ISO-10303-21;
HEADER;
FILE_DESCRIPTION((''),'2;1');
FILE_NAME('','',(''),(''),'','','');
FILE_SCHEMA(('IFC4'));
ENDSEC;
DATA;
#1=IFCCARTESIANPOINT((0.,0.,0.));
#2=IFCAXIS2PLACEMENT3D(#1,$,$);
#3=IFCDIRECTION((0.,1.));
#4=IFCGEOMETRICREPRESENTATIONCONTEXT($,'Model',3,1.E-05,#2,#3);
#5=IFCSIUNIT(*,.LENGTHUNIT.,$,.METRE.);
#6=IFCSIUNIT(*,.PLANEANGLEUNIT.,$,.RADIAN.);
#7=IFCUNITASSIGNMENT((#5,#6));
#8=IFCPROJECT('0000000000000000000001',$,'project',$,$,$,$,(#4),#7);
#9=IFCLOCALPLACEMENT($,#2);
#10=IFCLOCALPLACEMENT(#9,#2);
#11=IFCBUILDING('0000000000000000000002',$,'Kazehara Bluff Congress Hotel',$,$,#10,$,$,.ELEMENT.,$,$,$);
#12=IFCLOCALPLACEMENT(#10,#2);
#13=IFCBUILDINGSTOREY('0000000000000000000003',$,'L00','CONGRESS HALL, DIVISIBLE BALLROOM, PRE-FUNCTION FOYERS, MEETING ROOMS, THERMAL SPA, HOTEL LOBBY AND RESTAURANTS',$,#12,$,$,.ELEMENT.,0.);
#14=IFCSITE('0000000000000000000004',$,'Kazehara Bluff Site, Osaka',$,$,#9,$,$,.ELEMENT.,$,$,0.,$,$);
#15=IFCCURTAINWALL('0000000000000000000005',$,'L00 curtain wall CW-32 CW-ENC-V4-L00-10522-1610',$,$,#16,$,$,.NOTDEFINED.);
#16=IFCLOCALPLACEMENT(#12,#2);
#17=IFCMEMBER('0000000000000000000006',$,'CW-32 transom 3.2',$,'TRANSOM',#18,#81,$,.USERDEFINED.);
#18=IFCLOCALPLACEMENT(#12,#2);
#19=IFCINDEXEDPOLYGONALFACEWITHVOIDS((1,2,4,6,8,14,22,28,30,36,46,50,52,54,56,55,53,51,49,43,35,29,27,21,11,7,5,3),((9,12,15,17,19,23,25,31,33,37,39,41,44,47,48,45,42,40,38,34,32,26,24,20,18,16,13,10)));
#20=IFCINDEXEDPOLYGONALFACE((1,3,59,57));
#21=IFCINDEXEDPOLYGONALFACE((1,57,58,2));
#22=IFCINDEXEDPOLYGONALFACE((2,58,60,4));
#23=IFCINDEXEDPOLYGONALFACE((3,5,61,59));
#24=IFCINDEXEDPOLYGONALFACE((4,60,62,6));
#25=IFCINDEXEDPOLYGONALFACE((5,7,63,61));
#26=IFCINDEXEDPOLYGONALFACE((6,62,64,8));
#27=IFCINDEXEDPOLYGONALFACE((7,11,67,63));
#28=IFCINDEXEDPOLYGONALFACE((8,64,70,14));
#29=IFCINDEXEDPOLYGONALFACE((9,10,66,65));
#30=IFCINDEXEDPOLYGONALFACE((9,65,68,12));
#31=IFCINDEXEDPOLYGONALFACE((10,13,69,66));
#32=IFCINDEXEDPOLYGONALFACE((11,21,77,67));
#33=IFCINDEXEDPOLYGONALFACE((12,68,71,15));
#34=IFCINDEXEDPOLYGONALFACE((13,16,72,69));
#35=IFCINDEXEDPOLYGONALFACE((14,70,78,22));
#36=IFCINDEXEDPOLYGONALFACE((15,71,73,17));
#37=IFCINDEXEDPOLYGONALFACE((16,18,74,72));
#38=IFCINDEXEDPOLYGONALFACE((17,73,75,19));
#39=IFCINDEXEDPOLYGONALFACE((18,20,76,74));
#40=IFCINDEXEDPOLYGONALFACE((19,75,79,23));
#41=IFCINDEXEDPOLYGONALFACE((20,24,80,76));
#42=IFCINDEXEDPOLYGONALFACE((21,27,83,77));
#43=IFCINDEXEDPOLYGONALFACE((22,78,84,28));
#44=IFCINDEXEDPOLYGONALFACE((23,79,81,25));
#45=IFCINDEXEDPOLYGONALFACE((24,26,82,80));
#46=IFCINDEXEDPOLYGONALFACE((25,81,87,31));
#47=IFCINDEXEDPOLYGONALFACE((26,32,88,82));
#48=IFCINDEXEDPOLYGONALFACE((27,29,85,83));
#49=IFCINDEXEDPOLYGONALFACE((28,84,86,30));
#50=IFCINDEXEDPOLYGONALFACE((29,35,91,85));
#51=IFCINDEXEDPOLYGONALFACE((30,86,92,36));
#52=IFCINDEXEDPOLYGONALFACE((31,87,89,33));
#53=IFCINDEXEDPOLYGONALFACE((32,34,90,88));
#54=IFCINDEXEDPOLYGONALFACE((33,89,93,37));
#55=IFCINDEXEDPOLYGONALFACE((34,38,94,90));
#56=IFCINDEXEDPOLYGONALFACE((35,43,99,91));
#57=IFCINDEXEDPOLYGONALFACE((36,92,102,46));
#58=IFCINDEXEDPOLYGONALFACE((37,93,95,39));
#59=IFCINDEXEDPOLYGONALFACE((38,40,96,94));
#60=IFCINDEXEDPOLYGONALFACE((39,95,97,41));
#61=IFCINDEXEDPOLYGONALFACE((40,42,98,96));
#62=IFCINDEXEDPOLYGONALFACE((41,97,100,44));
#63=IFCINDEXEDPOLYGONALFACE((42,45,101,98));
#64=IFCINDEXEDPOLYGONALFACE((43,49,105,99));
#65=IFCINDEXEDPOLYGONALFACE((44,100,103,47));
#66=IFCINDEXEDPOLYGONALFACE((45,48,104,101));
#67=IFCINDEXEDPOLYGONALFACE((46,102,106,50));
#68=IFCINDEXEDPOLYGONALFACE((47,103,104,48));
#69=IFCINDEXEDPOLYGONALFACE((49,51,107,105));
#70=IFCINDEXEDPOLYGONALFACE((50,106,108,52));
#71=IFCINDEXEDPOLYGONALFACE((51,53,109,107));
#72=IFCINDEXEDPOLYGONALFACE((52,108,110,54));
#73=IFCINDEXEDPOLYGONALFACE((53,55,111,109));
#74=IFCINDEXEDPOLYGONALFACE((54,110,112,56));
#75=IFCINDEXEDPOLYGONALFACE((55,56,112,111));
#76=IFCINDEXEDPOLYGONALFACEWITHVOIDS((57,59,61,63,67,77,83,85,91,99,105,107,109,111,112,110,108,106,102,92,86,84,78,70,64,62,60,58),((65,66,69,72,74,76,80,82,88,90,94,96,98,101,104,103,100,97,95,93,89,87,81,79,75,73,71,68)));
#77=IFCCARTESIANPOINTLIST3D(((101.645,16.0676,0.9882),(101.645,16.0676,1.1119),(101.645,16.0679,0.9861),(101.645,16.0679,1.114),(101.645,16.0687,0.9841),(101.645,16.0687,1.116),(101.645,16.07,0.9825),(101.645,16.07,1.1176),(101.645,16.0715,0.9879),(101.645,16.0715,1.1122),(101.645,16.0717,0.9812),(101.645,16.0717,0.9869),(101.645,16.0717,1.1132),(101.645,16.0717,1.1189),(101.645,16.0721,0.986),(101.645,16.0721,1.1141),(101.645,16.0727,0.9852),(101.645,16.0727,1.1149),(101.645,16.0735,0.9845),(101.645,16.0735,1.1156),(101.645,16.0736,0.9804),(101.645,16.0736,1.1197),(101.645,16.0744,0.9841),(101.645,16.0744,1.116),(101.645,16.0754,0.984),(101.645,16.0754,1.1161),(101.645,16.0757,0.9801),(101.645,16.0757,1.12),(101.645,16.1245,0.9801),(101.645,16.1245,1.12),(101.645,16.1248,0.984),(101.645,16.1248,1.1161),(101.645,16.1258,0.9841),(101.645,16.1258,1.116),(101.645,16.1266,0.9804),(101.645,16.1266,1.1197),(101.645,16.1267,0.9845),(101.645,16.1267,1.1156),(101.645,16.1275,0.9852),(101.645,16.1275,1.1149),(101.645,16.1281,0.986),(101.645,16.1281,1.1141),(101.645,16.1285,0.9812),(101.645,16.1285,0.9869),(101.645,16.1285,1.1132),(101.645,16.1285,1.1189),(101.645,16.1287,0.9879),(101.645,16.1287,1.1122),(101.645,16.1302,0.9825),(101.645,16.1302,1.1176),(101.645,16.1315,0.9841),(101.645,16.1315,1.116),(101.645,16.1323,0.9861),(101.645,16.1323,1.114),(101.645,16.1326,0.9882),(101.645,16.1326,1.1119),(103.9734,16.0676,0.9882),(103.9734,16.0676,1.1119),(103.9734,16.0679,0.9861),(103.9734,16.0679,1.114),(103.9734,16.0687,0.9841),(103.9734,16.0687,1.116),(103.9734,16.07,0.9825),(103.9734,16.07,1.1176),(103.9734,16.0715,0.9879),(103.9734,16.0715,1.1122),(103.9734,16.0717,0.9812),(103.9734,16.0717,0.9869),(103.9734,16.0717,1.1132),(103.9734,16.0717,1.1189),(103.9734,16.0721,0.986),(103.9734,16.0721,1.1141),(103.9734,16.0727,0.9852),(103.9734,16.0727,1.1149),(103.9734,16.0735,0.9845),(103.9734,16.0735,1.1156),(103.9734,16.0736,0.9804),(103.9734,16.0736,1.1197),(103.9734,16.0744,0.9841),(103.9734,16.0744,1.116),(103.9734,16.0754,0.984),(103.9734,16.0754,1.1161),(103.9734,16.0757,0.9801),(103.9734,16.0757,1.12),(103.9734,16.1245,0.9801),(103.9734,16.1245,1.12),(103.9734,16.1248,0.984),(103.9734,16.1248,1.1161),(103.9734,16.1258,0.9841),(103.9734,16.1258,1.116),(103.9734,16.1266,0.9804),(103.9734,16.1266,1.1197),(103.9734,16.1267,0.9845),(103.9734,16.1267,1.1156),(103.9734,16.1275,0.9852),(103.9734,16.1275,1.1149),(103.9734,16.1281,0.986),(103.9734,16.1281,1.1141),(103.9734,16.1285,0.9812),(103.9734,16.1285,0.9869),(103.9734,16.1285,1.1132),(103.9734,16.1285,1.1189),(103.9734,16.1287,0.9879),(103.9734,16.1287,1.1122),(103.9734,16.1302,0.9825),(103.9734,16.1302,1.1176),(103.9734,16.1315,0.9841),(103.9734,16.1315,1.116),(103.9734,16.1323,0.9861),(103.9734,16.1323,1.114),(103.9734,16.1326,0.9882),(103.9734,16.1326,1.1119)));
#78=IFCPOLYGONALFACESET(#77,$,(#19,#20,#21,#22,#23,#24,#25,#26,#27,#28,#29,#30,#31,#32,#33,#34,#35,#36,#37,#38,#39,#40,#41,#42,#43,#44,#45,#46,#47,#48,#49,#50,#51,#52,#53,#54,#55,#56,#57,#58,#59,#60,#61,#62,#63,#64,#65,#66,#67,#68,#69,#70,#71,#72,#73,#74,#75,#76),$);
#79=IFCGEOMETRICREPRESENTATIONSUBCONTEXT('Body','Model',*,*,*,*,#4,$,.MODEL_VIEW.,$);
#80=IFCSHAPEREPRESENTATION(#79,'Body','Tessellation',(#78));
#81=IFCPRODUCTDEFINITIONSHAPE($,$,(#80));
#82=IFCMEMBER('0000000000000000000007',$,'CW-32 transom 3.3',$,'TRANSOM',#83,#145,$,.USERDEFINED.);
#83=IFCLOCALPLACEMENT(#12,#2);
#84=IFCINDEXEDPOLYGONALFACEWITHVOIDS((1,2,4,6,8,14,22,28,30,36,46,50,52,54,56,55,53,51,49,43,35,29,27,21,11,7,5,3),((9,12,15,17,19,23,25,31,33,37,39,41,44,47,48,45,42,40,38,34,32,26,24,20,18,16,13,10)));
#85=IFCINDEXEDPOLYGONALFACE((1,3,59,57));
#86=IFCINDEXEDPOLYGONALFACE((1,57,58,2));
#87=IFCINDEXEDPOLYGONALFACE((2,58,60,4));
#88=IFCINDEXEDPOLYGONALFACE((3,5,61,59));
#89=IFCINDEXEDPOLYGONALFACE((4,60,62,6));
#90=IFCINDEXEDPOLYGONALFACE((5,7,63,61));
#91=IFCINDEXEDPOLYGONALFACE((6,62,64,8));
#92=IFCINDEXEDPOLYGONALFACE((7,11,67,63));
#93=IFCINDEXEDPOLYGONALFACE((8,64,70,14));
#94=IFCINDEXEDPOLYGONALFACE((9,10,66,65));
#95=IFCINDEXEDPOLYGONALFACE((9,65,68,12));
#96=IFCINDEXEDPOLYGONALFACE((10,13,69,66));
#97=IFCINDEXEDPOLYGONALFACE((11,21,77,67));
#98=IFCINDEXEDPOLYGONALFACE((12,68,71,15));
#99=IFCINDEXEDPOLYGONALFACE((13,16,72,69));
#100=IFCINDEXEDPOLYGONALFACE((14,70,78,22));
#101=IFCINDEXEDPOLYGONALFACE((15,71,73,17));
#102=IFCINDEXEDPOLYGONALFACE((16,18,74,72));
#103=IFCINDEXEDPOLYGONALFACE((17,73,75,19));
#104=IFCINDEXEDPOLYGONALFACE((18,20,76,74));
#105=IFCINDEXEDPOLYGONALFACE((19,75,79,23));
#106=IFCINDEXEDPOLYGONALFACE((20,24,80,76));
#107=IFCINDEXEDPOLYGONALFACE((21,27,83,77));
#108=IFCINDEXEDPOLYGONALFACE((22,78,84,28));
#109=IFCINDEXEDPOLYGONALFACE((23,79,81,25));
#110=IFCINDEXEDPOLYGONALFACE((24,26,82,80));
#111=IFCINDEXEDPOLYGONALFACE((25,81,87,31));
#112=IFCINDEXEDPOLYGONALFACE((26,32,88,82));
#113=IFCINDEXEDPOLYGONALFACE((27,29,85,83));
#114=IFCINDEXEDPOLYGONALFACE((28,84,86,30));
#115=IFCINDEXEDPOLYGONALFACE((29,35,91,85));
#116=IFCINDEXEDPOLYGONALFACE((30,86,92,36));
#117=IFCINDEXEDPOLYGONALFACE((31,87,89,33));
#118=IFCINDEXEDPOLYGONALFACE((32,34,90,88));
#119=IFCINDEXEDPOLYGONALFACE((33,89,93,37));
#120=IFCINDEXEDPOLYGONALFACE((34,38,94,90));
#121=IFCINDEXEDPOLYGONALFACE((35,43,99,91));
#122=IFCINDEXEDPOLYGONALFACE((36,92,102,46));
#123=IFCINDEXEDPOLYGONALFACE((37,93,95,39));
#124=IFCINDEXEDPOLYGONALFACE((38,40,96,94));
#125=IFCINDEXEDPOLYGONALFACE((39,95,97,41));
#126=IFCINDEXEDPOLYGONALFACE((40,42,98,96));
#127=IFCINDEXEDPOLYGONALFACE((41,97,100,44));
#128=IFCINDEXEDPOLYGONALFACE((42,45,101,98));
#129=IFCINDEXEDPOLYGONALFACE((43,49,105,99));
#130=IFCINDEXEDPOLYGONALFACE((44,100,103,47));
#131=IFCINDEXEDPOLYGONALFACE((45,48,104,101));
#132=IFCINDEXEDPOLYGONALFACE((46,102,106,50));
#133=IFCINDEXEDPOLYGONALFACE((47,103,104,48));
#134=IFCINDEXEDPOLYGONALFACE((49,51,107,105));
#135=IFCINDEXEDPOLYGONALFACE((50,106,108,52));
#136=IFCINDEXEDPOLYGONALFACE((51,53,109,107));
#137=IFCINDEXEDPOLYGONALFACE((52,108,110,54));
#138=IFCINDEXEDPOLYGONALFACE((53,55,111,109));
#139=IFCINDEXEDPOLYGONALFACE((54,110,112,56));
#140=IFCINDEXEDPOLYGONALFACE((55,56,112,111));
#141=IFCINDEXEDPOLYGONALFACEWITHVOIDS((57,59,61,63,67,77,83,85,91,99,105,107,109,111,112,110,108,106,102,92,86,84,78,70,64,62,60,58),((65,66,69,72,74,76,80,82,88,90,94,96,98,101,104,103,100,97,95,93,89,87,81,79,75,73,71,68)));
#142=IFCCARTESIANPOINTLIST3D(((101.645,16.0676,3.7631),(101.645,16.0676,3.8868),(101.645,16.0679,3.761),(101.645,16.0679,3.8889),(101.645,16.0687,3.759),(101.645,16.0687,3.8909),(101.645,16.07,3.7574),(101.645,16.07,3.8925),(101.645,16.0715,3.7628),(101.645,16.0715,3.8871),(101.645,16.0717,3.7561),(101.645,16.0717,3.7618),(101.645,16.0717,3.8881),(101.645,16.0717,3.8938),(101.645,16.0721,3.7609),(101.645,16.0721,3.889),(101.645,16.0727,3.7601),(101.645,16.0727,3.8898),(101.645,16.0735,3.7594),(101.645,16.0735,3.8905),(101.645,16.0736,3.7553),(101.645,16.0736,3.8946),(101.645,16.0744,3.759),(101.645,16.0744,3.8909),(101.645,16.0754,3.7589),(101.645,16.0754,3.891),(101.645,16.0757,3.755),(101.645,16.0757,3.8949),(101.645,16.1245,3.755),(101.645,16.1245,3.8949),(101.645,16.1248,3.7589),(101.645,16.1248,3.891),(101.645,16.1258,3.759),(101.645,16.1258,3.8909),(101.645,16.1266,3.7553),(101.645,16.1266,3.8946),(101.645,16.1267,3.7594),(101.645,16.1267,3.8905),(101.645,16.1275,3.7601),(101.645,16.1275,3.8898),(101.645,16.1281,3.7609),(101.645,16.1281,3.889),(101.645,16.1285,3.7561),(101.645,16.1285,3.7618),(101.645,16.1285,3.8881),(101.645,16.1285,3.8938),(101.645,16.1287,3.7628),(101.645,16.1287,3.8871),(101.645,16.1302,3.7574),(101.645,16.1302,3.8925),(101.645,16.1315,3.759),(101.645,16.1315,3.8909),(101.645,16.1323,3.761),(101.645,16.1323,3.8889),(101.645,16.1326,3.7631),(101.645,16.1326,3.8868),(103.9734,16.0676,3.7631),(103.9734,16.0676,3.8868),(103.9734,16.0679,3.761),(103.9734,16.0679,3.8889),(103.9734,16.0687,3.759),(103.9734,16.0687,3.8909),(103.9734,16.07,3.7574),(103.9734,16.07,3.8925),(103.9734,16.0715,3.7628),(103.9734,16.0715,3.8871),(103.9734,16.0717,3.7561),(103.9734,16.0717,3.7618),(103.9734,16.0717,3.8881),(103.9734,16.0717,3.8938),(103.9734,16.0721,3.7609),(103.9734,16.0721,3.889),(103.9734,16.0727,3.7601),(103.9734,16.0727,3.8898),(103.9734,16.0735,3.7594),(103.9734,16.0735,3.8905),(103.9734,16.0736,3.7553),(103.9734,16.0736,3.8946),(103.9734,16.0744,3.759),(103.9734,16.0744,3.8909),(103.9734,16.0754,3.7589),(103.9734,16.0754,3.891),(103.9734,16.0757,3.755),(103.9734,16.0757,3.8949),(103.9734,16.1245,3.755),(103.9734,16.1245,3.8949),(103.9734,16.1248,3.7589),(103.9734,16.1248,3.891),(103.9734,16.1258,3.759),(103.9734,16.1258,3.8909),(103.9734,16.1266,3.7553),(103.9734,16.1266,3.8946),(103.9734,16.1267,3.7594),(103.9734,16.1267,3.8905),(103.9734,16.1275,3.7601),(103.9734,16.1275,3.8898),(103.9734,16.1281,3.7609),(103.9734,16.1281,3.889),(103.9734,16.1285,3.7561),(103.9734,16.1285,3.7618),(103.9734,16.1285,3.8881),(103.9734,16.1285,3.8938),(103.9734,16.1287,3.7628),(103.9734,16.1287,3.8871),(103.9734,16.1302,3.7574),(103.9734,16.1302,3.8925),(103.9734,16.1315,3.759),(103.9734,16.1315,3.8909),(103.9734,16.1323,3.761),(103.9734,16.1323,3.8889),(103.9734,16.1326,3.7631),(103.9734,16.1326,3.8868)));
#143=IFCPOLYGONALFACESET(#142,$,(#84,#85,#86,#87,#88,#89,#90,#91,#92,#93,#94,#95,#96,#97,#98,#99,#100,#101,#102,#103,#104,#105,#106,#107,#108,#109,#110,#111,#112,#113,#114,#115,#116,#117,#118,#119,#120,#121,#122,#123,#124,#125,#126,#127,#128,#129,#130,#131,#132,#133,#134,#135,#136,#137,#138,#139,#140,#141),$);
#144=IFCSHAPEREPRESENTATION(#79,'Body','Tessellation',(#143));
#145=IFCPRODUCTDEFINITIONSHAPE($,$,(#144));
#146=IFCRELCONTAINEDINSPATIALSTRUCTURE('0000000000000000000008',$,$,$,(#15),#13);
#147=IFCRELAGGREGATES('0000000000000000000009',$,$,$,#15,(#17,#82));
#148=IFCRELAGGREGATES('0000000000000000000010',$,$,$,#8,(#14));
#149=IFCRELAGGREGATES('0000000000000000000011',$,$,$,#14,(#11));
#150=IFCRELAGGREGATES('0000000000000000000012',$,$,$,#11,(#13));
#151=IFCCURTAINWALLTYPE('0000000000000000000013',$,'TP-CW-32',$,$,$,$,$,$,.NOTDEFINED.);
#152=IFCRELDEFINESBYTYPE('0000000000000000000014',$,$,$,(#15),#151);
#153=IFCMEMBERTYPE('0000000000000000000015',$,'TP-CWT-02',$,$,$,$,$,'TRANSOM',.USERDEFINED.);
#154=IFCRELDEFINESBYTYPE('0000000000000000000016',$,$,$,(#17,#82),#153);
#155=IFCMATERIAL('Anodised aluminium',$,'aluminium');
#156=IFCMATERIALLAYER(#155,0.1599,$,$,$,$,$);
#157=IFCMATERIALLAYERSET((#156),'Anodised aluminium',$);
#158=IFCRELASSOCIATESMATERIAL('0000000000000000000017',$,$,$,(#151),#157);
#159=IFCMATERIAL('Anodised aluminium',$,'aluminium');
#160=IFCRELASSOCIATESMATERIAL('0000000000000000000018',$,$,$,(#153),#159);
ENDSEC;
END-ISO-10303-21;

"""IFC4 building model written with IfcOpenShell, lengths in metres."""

from ifc_helpers import new_model, si_unit, direction, frame, origin, origin_2d, place, context, subcontext, project, spatial, hollow_rectangle, extrude, material, layer, layer_set, material_profile, profile_set, type_object, element, aggregate, save


model = new_model("IFC4")

# Units and contexts
model_context = context("Model", 3, precision=1e-05, world=origin(), true_north=direction((0.0, 1.0)))
body_context = subcontext(model_context, "Body", "Model", "MODEL_VIEW")
ifc_project = project(units=[si_unit("LENGTHUNIT", "METRE"), si_unit("PLANEANGLEUNIT", "RADIAN")], contexts=[model_context])

# Site, building, storey
site_placement = place(None, origin())
site = spatial("IfcSite", under=ifc_project, at=site_placement, Name="Kazehara Bluff Site, Osaka", CompositionType="ELEMENT", RefElevation=0.0)
building_placement = place(site_placement, origin())
building = spatial("IfcBuilding", under=site, at=building_placement, Name="Kazehara Bluff Congress Hotel", CompositionType="ELEMENT")
storey_placement = place(building_placement, origin())
storey = spatial("IfcBuildingStorey", under=building, at=storey_placement, Name="L00", Description="CONGRESS HALL, DIVISIBLE BALLROOM, PRE-FUNCTION FOYERS, MEETING ROOMS, THERMAL SPA, HOTEL LOBBY AND RESTAURANTS", CompositionType="ELEMENT", Elevation=0.0)

# Curtain wall
ifc_material_1 = material(Name="Anodised aluminium", Category="aluminium")
ifc_layer_1 = layer(ifc_material_1, 0.1599)
ifc_layer_set_1 = layer_set([ifc_layer_1], Name="Anodised aluminium")
curtain_wall_type_1 = type_object("IfcCurtainWallType", Name="TP-CW-32", PredefinedType="NOTDEFINED", material=ifc_layer_set_1)
curtain_wall_1_placement = place(storey_placement, origin())
curtain_wall_1 = element("IfcCurtainWall", 1, at=curtain_wall_1_placement, inside=storey, type_object=curtain_wall_type_1, Name="L00 curtain wall CW-32 CW-ENC-V4-L00-10522-1610", PredefinedType="NOTDEFINED")

# Members
ifc_material_2 = material(Name="Anodised aluminium", Category="aluminium")
ifc_material_profile_1 = material_profile(ifc_material_2, hollow_rectangle(XDim=0.0649, YDim=0.1399, WallThickness=0.0039, InnerFilletRadius=0.0039, OuterFilletRadius=0.0081, at=origin_2d()))
ifc_profile_set_1 = profile_set([ifc_material_profile_1], Name="Anodised aluminium")
member_type_1 = type_object("IfcMemberType", Name="TP-CWT-02", ElementType="TRANSOM", PredefinedType="USERDEFINED", material=ifc_profile_set_1)
member_1_placement = place(storey_placement, frame((103.9734, 16.1001, 1.05), z_axis=(-1.0, 0.0, 0.0), x_axis=(0.0, -1.0, 0.0)))
member_1 = element("IfcMember", 2, at=member_1_placement, type_object=member_type_1, Name="CW-32 transom 3.2", ObjectType="TRANSOM", PredefinedType="USERDEFINED", context=body_context, shape_type="SweptSolid", body=[
    extrude(hollow_rectangle(XDim=0.0649, YDim=0.1399, WallThickness=0.0039, InnerFilletRadius=0.0039, OuterFilletRadius=0.0081, at=origin_2d()), origin(), (0.0, 0.0, 1.0), 2.3284),
])
member_2_placement = place(storey_placement, frame((103.9734, 16.1001, 3.825), z_axis=(-1.0, 0.0, 0.0), x_axis=(0.0, -1.0, 0.0)))
member_2 = element("IfcMember", 3, at=member_2_placement, type_object=member_type_1, Name="CW-32 transom 3.3", ObjectType="TRANSOM", PredefinedType="USERDEFINED", context=body_context, shape_type="SweptSolid", body=[
    extrude(hollow_rectangle(XDim=0.0649, YDim=0.1399, WallThickness=0.0039, InnerFilletRadius=0.0039, OuterFilletRadius=0.0081, at=origin_2d()), origin(), (0.0, 0.0, 1.0), 2.3284),
])

aggregate(curtain_wall_1, [member_1, member_2])

save(model, "model.ifc")
